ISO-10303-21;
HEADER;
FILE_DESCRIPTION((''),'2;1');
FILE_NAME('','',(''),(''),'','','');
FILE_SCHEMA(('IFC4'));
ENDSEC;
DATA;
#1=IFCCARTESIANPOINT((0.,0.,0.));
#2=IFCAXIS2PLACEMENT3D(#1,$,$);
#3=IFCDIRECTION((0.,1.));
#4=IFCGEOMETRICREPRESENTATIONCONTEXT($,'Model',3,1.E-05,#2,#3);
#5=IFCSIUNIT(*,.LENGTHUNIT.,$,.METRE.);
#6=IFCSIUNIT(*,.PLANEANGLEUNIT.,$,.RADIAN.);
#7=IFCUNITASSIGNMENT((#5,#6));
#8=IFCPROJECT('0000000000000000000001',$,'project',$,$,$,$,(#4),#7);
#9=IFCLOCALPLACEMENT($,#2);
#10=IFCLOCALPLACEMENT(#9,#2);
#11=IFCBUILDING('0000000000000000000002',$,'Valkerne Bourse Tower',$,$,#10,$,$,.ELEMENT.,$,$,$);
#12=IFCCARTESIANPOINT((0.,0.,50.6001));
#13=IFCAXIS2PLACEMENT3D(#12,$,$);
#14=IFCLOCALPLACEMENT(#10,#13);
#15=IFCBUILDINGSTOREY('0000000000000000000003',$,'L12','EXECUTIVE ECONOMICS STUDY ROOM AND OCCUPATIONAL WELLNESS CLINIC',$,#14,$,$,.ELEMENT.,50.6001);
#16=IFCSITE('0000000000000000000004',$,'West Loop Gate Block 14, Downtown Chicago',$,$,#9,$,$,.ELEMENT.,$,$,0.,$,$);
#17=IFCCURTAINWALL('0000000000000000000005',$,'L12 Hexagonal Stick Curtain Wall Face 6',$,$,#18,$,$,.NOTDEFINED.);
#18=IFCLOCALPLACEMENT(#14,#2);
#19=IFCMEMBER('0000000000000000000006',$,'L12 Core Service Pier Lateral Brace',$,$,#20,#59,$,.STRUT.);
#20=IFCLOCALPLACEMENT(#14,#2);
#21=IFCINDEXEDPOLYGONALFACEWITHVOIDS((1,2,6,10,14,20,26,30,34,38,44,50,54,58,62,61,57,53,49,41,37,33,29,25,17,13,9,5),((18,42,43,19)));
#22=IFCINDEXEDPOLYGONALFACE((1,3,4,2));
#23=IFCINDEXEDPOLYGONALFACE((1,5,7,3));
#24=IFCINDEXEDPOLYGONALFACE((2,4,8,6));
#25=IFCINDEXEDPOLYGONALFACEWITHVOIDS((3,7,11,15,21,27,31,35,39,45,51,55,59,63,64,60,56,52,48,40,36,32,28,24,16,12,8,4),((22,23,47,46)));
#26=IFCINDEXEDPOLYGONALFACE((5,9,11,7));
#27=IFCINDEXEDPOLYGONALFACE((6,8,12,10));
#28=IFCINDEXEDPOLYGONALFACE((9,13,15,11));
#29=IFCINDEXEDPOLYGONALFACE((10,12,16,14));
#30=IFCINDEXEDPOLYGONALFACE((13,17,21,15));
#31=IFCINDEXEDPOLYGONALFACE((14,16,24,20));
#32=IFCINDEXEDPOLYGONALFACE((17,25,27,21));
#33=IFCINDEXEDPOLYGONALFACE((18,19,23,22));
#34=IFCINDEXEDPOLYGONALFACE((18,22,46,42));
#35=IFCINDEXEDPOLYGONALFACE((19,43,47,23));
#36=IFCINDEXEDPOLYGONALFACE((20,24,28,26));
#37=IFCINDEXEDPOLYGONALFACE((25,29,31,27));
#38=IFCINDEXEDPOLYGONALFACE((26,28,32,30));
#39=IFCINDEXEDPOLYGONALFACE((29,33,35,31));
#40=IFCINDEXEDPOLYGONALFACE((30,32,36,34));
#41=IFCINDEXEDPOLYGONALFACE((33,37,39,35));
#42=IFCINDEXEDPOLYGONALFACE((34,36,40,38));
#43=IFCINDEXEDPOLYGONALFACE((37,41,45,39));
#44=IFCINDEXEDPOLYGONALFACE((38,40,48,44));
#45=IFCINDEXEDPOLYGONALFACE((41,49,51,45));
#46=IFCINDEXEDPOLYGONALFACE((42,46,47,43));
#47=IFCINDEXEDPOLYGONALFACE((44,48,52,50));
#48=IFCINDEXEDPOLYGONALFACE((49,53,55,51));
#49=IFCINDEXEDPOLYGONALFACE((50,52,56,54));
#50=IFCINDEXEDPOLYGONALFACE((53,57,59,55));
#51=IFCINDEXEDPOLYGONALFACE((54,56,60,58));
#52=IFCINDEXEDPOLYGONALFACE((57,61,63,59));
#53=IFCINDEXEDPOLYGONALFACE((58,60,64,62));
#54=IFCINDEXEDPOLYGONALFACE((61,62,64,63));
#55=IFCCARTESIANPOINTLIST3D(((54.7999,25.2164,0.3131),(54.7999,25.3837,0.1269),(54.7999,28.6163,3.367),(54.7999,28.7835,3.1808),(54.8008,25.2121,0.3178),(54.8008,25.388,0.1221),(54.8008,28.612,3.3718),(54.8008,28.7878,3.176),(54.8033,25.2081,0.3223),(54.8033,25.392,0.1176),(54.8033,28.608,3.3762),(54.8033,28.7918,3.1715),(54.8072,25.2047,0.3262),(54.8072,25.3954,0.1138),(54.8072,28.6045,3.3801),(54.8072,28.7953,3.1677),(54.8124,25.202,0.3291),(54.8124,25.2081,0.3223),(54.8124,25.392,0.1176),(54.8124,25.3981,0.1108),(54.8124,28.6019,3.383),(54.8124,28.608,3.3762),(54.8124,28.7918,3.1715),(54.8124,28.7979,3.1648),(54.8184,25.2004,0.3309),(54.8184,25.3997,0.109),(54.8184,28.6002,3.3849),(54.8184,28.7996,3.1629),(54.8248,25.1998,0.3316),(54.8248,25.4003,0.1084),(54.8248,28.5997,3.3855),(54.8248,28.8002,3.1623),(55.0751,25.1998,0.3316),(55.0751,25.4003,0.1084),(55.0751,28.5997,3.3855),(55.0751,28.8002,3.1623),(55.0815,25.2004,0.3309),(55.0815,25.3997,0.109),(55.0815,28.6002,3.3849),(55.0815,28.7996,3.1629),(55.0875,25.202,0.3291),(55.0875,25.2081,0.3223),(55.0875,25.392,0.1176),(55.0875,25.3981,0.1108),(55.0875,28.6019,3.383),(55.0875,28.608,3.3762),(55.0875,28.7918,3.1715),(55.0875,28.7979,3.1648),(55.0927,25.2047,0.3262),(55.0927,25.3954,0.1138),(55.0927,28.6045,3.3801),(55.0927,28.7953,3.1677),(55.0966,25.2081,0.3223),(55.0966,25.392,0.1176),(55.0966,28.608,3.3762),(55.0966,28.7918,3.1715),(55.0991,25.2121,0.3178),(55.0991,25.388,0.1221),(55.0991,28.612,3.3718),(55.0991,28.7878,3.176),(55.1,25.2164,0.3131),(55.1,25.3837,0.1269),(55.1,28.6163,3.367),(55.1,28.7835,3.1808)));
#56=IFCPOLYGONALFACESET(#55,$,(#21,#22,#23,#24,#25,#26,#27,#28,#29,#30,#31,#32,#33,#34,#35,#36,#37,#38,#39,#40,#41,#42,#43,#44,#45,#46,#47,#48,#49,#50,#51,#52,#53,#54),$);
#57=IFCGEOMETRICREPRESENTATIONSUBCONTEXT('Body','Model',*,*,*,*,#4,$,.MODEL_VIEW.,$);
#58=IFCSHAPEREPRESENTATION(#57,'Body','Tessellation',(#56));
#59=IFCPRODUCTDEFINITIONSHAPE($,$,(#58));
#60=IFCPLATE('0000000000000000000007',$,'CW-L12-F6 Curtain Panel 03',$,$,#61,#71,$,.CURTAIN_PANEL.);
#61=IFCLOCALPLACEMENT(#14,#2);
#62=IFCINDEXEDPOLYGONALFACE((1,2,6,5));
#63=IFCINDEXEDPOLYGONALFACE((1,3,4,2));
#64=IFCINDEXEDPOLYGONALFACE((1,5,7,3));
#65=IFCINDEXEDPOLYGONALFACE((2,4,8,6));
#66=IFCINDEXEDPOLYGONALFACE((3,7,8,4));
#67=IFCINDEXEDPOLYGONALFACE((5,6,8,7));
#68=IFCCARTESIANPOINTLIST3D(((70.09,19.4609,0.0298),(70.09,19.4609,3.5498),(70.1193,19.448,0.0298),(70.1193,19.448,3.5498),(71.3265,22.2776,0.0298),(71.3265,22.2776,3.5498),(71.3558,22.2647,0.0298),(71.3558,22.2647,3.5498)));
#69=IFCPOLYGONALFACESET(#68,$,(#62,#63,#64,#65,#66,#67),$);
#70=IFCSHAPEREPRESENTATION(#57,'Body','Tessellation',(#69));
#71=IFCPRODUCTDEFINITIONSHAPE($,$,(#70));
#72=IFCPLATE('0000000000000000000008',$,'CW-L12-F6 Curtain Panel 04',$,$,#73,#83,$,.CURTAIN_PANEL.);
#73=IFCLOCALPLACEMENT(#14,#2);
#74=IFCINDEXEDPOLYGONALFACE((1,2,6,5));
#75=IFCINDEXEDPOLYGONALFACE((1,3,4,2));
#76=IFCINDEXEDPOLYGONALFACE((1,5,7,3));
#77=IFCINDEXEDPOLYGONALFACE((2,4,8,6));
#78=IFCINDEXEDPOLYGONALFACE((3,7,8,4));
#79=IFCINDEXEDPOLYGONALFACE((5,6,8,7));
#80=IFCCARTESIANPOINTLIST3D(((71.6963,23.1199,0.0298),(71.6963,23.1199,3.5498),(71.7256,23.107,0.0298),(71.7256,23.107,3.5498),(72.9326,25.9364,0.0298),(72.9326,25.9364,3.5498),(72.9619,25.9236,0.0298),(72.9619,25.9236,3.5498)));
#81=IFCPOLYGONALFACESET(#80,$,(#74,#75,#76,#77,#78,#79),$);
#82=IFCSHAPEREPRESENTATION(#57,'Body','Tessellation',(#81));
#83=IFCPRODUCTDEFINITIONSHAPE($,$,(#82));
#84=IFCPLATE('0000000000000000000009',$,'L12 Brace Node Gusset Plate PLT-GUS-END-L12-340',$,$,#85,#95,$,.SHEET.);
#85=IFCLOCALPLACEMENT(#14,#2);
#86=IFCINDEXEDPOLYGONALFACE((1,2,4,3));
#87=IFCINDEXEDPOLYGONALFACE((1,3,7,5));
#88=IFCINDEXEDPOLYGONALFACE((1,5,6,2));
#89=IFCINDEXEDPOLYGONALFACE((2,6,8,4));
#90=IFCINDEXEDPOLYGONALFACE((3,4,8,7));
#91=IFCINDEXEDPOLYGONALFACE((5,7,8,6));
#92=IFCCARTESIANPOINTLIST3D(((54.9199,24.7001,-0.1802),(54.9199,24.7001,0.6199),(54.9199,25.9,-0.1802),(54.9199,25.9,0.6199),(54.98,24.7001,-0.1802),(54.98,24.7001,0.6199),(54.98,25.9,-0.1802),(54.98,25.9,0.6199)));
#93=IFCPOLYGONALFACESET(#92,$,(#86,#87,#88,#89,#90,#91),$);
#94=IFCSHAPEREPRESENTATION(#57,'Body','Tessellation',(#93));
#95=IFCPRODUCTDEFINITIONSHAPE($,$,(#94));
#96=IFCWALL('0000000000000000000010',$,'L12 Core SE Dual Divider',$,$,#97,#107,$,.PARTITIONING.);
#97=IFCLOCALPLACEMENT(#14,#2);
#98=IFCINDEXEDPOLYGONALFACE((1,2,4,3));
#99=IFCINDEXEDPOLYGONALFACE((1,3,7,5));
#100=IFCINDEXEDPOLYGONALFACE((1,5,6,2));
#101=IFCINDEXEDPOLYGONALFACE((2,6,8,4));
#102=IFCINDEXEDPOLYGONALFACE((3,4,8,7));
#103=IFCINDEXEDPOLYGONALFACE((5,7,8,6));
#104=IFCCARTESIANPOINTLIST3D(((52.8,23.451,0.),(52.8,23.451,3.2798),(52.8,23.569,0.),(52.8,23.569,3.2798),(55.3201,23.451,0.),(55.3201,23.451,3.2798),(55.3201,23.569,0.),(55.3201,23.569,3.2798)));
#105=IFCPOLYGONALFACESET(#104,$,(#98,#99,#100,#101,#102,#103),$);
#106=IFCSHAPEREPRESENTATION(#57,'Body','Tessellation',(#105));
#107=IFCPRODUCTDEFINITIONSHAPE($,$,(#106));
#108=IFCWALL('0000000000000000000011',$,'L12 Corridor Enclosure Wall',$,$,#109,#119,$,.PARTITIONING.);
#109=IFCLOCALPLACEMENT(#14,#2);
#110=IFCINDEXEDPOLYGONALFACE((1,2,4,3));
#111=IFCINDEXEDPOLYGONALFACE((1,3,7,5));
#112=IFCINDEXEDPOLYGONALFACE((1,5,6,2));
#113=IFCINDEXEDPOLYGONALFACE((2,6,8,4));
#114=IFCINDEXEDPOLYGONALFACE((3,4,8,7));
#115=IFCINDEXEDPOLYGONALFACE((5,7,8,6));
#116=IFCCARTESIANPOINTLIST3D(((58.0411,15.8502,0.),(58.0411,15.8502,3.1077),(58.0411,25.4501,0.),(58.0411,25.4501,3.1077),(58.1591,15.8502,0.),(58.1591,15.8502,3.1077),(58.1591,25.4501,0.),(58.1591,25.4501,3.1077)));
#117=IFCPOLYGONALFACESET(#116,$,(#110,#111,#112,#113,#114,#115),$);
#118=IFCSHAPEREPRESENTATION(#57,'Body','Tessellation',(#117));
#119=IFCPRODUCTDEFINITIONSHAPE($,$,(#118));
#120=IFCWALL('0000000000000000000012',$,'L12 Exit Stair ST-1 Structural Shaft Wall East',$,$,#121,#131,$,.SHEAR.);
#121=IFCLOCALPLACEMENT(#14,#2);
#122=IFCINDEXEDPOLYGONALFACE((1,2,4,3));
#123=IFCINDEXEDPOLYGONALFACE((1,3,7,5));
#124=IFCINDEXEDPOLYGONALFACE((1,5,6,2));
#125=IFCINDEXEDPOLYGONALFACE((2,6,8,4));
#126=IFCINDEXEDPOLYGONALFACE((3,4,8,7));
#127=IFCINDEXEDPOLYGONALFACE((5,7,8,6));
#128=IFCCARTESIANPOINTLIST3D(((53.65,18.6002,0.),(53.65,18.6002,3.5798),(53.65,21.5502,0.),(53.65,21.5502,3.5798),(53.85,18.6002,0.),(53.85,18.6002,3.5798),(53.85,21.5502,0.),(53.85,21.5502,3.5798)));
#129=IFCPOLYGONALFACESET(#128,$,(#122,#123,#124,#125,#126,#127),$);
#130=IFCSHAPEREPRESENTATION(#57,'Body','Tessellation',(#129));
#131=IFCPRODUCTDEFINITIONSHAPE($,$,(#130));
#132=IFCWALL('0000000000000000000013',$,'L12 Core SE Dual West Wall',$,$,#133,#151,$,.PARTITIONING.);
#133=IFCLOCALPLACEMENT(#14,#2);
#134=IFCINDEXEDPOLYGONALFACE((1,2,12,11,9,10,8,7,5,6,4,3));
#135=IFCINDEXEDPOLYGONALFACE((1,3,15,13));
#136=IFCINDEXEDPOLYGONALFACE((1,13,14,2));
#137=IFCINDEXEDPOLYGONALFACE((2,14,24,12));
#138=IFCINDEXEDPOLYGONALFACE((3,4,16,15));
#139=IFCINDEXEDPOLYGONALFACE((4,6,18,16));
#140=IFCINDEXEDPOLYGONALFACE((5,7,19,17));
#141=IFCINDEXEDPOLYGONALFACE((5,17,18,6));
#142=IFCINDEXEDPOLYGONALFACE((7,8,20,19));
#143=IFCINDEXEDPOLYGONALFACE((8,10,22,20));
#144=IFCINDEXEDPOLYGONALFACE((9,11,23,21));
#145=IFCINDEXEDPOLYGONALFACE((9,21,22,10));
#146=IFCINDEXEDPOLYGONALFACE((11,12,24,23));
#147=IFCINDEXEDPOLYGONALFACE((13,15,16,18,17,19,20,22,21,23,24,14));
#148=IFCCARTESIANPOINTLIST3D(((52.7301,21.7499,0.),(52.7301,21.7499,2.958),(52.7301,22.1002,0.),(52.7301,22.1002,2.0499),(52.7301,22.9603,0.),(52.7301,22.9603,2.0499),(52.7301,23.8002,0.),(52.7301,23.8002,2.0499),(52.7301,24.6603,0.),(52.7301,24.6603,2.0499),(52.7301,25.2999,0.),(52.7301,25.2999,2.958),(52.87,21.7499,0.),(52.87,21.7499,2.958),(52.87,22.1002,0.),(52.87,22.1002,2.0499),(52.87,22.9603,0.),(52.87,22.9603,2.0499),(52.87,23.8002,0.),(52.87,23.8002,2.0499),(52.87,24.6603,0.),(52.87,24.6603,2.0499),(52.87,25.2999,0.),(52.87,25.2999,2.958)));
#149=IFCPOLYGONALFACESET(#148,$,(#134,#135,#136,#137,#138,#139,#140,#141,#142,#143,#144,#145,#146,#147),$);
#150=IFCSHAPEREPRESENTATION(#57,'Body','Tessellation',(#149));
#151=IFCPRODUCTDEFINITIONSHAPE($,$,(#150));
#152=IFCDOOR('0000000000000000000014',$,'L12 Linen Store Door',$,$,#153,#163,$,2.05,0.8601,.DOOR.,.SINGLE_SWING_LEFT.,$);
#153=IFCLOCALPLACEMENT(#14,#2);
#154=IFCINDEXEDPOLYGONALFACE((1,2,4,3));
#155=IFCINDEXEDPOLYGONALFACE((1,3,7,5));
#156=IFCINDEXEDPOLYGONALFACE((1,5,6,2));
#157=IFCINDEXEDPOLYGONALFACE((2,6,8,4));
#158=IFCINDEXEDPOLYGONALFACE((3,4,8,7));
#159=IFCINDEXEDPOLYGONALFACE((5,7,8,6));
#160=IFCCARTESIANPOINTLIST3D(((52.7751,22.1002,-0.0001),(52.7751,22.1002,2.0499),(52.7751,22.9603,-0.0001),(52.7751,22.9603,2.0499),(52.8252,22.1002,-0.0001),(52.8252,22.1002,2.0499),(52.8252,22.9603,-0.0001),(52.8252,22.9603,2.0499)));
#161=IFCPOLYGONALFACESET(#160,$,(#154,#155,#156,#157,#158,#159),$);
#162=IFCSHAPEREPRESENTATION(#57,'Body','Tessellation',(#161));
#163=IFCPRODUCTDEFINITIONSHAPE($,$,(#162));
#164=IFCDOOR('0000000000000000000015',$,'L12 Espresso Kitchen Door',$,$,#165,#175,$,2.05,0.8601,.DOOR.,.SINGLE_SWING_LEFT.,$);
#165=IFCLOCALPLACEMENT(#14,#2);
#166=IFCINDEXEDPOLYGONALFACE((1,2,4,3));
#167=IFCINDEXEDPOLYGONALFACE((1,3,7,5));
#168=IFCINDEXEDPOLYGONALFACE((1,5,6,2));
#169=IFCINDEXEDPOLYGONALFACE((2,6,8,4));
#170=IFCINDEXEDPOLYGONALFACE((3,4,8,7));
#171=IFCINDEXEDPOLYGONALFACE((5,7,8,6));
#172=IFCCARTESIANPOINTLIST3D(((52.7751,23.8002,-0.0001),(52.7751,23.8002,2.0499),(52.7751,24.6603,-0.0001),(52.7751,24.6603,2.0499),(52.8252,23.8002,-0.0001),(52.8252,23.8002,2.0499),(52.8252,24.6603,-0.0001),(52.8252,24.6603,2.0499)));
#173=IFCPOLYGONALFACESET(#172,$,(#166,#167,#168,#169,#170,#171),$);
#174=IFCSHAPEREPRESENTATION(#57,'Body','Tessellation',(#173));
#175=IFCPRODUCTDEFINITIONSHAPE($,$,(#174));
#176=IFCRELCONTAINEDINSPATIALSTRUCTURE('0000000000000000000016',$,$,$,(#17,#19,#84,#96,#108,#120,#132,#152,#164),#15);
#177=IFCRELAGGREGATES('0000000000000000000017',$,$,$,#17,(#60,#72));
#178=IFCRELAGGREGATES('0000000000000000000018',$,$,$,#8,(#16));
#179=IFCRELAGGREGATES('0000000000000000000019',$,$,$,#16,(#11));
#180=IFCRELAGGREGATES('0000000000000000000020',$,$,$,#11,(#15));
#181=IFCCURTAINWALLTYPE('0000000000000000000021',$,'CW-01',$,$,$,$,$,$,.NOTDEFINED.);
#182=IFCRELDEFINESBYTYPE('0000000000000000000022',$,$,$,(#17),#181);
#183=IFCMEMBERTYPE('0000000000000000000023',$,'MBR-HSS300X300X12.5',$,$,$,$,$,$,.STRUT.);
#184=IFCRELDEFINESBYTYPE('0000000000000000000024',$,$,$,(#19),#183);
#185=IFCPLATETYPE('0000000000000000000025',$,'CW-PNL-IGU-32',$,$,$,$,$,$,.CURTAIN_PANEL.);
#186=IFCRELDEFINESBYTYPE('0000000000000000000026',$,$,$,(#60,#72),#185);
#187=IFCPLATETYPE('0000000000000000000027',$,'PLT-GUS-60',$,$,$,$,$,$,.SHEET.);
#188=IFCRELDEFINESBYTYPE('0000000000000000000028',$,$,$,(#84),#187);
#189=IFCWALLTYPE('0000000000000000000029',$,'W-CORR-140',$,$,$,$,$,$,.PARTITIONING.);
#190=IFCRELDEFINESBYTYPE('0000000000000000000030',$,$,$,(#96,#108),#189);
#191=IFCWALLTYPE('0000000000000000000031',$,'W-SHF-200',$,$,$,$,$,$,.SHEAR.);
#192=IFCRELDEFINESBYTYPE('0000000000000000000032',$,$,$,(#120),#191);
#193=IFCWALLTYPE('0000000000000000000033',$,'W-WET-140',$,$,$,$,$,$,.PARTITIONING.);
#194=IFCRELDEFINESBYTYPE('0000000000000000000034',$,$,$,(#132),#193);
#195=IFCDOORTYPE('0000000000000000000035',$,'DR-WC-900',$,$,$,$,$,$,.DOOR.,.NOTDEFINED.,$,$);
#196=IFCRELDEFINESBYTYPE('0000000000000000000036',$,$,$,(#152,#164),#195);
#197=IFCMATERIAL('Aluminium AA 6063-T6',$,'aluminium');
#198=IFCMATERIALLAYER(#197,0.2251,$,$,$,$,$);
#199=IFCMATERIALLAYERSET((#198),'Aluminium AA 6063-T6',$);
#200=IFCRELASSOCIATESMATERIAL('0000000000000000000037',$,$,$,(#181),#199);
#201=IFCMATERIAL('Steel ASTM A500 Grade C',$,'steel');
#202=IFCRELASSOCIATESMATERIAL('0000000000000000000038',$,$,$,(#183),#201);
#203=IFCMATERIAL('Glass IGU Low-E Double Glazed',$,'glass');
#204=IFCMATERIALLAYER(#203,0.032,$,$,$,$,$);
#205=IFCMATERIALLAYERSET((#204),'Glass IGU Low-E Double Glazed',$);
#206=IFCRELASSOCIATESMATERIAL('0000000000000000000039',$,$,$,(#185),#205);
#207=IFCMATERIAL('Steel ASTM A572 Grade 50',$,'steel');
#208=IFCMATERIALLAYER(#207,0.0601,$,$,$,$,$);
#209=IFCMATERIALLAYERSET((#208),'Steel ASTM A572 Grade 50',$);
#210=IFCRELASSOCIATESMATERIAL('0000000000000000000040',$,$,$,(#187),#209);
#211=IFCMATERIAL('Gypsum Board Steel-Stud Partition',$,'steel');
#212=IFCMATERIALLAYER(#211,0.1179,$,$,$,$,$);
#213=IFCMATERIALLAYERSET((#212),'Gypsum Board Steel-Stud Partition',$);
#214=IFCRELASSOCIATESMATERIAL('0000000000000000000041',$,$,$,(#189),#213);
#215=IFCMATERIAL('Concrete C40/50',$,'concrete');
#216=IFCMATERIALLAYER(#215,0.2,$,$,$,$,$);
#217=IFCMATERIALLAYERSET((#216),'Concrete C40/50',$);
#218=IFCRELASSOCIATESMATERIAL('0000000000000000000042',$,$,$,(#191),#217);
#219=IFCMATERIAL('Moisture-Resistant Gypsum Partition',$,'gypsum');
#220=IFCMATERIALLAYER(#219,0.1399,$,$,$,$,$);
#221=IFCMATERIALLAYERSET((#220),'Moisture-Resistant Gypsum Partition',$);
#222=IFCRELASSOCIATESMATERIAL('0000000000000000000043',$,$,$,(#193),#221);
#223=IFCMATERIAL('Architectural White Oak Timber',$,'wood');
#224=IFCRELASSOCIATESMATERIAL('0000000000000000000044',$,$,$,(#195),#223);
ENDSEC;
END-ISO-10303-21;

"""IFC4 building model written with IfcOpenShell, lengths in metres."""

from ifc_helpers import new_model, si_unit, direction, frame, frame_2d, origin, origin_2d, place, context, subcontext, project, spatial, rectangle, hollow_rectangle, extrude, material, layer, layer_set, material_profile, profile_set, type_object, element, fill, aggregate, save


model = new_model("IFC4")

# Units and contexts
model_context = context("Model", 3, precision=1e-05, world=origin(), true_north=direction((0.0, 1.0)))
body_context = subcontext(model_context, "Body", "Model", "MODEL_VIEW")
ifc_project = project(units=[si_unit("LENGTHUNIT", "METRE"), si_unit("PLANEANGLEUNIT", "RADIAN")], contexts=[model_context])

# Site, building, storey
site_placement = place(None, origin())
site = spatial("IfcSite", under=ifc_project, at=site_placement, Name="West Loop Gate Block 14, Downtown Chicago", CompositionType="ELEMENT", RefElevation=0.0)
building_placement = place(site_placement, origin())
building = spatial("IfcBuilding", under=site, at=building_placement, Name="Valkerne Bourse Tower", CompositionType="ELEMENT")
storey_placement = place(building_placement, frame((0.0, 0.0, 50.6001)))
storey = spatial("IfcBuildingStorey", under=building, at=storey_placement, Name="L12", Description="EXECUTIVE ECONOMICS STUDY ROOM AND OCCUPATIONAL WELLNESS CLINIC", CompositionType="ELEMENT", Elevation=50.6001)

# Curtain wall
ifc_material_1 = material(Name="Aluminium AA 6063-T6", Category="aluminium")
ifc_layer_1 = layer(ifc_material_1, 0.2251)
ifc_layer_set_1 = layer_set([ifc_layer_1], Name="Aluminium AA 6063-T6")
curtain_wall_type = type_object("IfcCurtainWallType", Name="CW-01", PredefinedType="NOTDEFINED", material=ifc_layer_set_1)
curtain_wall_placement = place(storey_placement, origin())
curtain_wall = element("IfcCurtainWall", 1, at=curtain_wall_placement, inside=storey, type_object=curtain_wall_type, Name="L12 Hexagonal Stick Curtain Wall Face 6", PredefinedType="NOTDEFINED")

# Member
ifc_material_2 = material(Name="Steel ASTM A500 Grade C", Category="steel")
ifc_material_profile_1 = material_profile(ifc_material_2, hollow_rectangle(XDim=0.3, YDim=0.3, WallThickness=0.0125, OuterFilletRadius=0.0249, at=origin_2d()), Name="HSS300X300X12.5")
ifc_profile_set_1 = profile_set([ifc_material_profile_1], Name="Steel ASTM A500 Grade C")
member_type_1 = type_object("IfcMemberType", Name="MBR-HSS300X300X12.5", PredefinedType="STRUT", material=ifc_profile_set_1)
member_1_placement = place(storey_placement, frame((54.95, 25.3, 0.22), z_axis=(0.0, 0.743942, 0.668244), x_axis=(-1.0, 0.0, 0.0)))
element("IfcMember", 2, at=member_1_placement, inside=storey, type_object=member_type_1, Name="L12 Core Service Pier Lateral Brace", PredefinedType="STRUT", context=body_context, shape_type="SweptSolid", body=[
    extrude(hollow_rectangle(XDim=0.3, YDim=0.3, WallThickness=0.0125, OuterFilletRadius=0.0249, at=origin_2d()), origin(), (0.0, 0.0, 1.0), 4.5701),
])

# Plates
ifc_material_3 = material(Name="Glass IGU Low-E Double Glazed", Category="glass")
ifc_layer_2 = layer(ifc_material_3, 0.032)
ifc_layer_set_2 = layer_set([ifc_layer_2], Name="Glass IGU Low-E Double Glazed")
plate_type_1 = type_object("IfcPlateType", Name="CW-PNL-IGU-32", PredefinedType="CURTAIN_PANEL", material=ifc_layer_set_2)
plate_1_placement = place(storey_placement, frame((70.7229, 20.8628, 0.0298), z_axis=(0.0, 0.0, 1.0), x_axis=(0.40195, 0.915662, 0.0)))
plate_1 = element("IfcPlate", 3, at=plate_1_placement, type_object=plate_type_1, Name="CW-L12-F6 Curtain Panel 03", PredefinedType="CURTAIN_PANEL", context=body_context, shape_type="SweptSolid", body=[
    extrude(rectangle(XDim=3.0762, YDim=0.032, at=origin_2d()), origin(), (0.0, 0.0, 1.0), 3.52),
])
plate_2_placement = place(storey_placement, frame((72.3291, 24.5217, 0.0298), z_axis=(0.0, 0.0, 1.0), x_axis=(0.401929, 0.915671, 0.0)))
plate_2 = element("IfcPlate", 4, at=plate_2_placement, type_object=plate_type_1, Name="CW-L12-F6 Curtain Panel 04", PredefinedType="CURTAIN_PANEL", context=body_context, shape_type="SweptSolid", body=[
    extrude(rectangle(XDim=3.0759, YDim=0.032, at=origin_2d()), origin(), (0.0, 0.0, 1.0), 3.52),
])
aggregate(curtain_wall, [plate_1, plate_2])
ifc_material_4 = material(Name="Steel ASTM A572 Grade 50", Category="steel")
ifc_layer_3 = layer(ifc_material_4, 0.0601)
ifc_layer_set_3 = layer_set([ifc_layer_3], Name="Steel ASTM A572 Grade 50")
plate_type_2 = type_object("IfcPlateType", Name="PLT-GUS-60", PredefinedType="SHEET", material=ifc_layer_set_3)
plate_3_placement = place(storey_placement, frame((54.95, 25.3, -0.1802), z_axis=(0.0, 0.0, 1.0), x_axis=(0.0, 1.0, 0.0)))
element("IfcPlate", 5, at=plate_3_placement, inside=storey, type_object=plate_type_2, Name="L12 Brace Node Gusset Plate PLT-GUS-END-L12-340", PredefinedType="SHEET", context=body_context, shape_type="SweptSolid", body=[
    extrude(rectangle(XDim=1.2, YDim=0.0601, at=origin_2d()), origin(), (0.0, 0.0, 1.0), 0.8),
])

# Walls
ifc_material_5 = material(Name="Gypsum Board Steel-Stud Partition", Category="steel")
ifc_layer_4 = layer(ifc_material_5, 0.1179)
ifc_layer_set_4 = layer_set([ifc_layer_4], Name="Gypsum Board Steel-Stud Partition")
wall_type_1 = type_object("IfcWallType", Name="W-CORR-140", PredefinedType="PARTITIONING", material=ifc_layer_set_4)
wall_1_placement = place(storey_placement, frame((52.8, 23.51, 0.0), z_axis=(0.0, 0.0, 1.0), x_axis=(1.0, 0.0, 0.0)))
element("IfcWall", 6, at=wall_1_placement, inside=storey, type_object=wall_type_1, Name="L12 Core SE Dual Divider", PredefinedType="PARTITIONING", context=body_context, shape_type="SweptSolid", body=[
    extrude(rectangle(XDim=2.52, YDim=0.1179, at=frame_2d((1.26, 0.0))), origin(), (0.0, 0.0, 1.0), 3.2798),
])
wall_2_placement = place(storey_placement, frame((58.1001, 25.45, 0.0), z_axis=(0.0, 0.0, 1.0), x_axis=(0.0, -1.0, 0.0)))
element("IfcWall", 7, at=wall_2_placement, inside=storey, type_object=wall_type_1, Name="L12 Corridor Enclosure Wall", PredefinedType="PARTITIONING", context=body_context, shape_type="SweptSolid", body=[
    extrude(rectangle(XDim=9.5999, YDim=0.1179, at=frame_2d((4.7998, 0.0))), origin(), (0.0, 0.0, 1.0), 3.1077),
])
ifc_material_6 = material(Name="Concrete C40/50", Category="concrete")
ifc_layer_5 = layer(ifc_material_6, 0.2)
ifc_layer_set_5 = layer_set([ifc_layer_5], Name="Concrete C40/50")
wall_type_2 = type_object("IfcWallType", Name="W-SHF-200", PredefinedType="SHEAR", material=ifc_layer_set_5)
wall_3_placement = place(storey_placement, frame((53.75, 18.6001, 0.0), z_axis=(0.0, 0.0, 1.0), x_axis=(0.0, 1.0, 0.0)))
element("IfcWall", 8, at=wall_3_placement, inside=storey, type_object=wall_type_2, Name="L12 Exit Stair ST-1 Structural Shaft Wall East", PredefinedType="SHEAR", context=body_context, shape_type="SweptSolid", body=[
    extrude(rectangle(XDim=2.95, YDim=0.2, at=frame_2d((1.4751, 0.0))), origin(), (0.0, 0.0, 1.0), 3.5798),
])

# Wall, openings, doors
ifc_material_7 = material(Name="Moisture-Resistant Gypsum Partition", Category="gypsum")
ifc_layer_6 = layer(ifc_material_7, 0.1399)
ifc_layer_set_6 = layer_set([ifc_layer_6], Name="Moisture-Resistant Gypsum Partition")
wall_type_3 = type_object("IfcWallType", Name="W-WET-140", PredefinedType="PARTITIONING", material=ifc_layer_set_6)
wall_4_placement = place(storey_placement, frame((52.8, 21.75, 0.0), z_axis=(0.0, 0.0, 1.0), x_axis=(0.0, 1.0, 0.0)))
wall_4 = element("IfcWall", 9, at=wall_4_placement, inside=storey, type_object=wall_type_3, Name="L12 Core SE Dual West Wall", PredefinedType="PARTITIONING", context=body_context, shape_type="SweptSolid", body=[
    extrude(rectangle(XDim=3.55, YDim=0.1399, at=frame_2d((1.7749, 0.0))), origin(), (0.0, 0.0, 1.0), 2.958),
])
opening_1_placement = place(wall_4_placement, frame((0.3501, 0.0, 0.0)))
opening_1 = element("IfcOpeningElement", 10, at=opening_1_placement, cuts=wall_4, PredefinedType="OPENING", context=body_context, shape_type="SweptSolid", body=[
    extrude(rectangle(XDim=0.8601, YDim=2.05, at=frame_2d((0.4302, 1.0249))), frame((0.0, 0.0798, 0.0), z_axis=(0.0, -1.0, 0.0), x_axis=(1.0, 0.0, 0.0)), (0.0, 0.0, 1.0), 0.1599),
])
opening_2_placement = place(wall_4_placement, frame((2.05, 0.0, 0.0)))
opening_2 = element("IfcOpeningElement", 11, at=opening_2_placement, cuts=wall_4, PredefinedType="OPENING", context=body_context, shape_type="SweptSolid", body=[
    extrude(rectangle(XDim=0.8601, YDim=2.05, at=frame_2d((0.4302, 1.0249))), frame((0.0, 0.0798, 0.0), z_axis=(0.0, -1.0, 0.0), x_axis=(1.0, 0.0, 0.0)), (0.0, 0.0, 1.0), 0.1599),
])
ifc_material_8 = material(Name="Architectural White Oak Timber", Category="wood")
door_type_1 = type_object("IfcDoorType", Name="DR-WC-900", OperationType="NOTDEFINED", PredefinedType="DOOR", material=ifc_material_8)
door_1_placement = place(opening_1_placement, origin())
door_1 = element("IfcDoor", 12, at=door_1_placement, inside=storey, type_object=door_type_1, Name="L12 Linen Store Door", OperationType="SINGLE_SWING_LEFT", OverallHeight=2.05, OverallWidth=0.8601, PredefinedType="DOOR", context=body_context, shape_type="SweptSolid", body=[
    extrude(rectangle(XDim=0.8601, YDim=2.05, at=frame_2d((0.4302, 1.0249))), frame((0.0, 0.0249, 0.0), z_axis=(0.0, -1.0, 0.0), x_axis=(1.0, 0.0, 0.0)), (0.0, 0.0, 1.0), 0.05),
])
fill(opening_1, door_1)
door_2_placement = place(opening_2_placement, origin())
door_2 = element("IfcDoor", 13, at=door_2_placement, inside=storey, type_object=door_type_1, Name="L12 Espresso Kitchen Door", OperationType="SINGLE_SWING_LEFT", OverallHeight=2.05, OverallWidth=0.8601, PredefinedType="DOOR", context=body_context, shape_type="SweptSolid", body=[
    extrude(rectangle(XDim=0.8601, YDim=2.05, at=frame_2d((0.4302, 1.0249))), frame((0.0, 0.0249, 0.0), z_axis=(0.0, -1.0, 0.0), x_axis=(1.0, 0.0, 0.0)), (0.0, 0.0, 1.0), 0.05),
])
fill(opening_2, door_2)

save(model, "model.ifc")
